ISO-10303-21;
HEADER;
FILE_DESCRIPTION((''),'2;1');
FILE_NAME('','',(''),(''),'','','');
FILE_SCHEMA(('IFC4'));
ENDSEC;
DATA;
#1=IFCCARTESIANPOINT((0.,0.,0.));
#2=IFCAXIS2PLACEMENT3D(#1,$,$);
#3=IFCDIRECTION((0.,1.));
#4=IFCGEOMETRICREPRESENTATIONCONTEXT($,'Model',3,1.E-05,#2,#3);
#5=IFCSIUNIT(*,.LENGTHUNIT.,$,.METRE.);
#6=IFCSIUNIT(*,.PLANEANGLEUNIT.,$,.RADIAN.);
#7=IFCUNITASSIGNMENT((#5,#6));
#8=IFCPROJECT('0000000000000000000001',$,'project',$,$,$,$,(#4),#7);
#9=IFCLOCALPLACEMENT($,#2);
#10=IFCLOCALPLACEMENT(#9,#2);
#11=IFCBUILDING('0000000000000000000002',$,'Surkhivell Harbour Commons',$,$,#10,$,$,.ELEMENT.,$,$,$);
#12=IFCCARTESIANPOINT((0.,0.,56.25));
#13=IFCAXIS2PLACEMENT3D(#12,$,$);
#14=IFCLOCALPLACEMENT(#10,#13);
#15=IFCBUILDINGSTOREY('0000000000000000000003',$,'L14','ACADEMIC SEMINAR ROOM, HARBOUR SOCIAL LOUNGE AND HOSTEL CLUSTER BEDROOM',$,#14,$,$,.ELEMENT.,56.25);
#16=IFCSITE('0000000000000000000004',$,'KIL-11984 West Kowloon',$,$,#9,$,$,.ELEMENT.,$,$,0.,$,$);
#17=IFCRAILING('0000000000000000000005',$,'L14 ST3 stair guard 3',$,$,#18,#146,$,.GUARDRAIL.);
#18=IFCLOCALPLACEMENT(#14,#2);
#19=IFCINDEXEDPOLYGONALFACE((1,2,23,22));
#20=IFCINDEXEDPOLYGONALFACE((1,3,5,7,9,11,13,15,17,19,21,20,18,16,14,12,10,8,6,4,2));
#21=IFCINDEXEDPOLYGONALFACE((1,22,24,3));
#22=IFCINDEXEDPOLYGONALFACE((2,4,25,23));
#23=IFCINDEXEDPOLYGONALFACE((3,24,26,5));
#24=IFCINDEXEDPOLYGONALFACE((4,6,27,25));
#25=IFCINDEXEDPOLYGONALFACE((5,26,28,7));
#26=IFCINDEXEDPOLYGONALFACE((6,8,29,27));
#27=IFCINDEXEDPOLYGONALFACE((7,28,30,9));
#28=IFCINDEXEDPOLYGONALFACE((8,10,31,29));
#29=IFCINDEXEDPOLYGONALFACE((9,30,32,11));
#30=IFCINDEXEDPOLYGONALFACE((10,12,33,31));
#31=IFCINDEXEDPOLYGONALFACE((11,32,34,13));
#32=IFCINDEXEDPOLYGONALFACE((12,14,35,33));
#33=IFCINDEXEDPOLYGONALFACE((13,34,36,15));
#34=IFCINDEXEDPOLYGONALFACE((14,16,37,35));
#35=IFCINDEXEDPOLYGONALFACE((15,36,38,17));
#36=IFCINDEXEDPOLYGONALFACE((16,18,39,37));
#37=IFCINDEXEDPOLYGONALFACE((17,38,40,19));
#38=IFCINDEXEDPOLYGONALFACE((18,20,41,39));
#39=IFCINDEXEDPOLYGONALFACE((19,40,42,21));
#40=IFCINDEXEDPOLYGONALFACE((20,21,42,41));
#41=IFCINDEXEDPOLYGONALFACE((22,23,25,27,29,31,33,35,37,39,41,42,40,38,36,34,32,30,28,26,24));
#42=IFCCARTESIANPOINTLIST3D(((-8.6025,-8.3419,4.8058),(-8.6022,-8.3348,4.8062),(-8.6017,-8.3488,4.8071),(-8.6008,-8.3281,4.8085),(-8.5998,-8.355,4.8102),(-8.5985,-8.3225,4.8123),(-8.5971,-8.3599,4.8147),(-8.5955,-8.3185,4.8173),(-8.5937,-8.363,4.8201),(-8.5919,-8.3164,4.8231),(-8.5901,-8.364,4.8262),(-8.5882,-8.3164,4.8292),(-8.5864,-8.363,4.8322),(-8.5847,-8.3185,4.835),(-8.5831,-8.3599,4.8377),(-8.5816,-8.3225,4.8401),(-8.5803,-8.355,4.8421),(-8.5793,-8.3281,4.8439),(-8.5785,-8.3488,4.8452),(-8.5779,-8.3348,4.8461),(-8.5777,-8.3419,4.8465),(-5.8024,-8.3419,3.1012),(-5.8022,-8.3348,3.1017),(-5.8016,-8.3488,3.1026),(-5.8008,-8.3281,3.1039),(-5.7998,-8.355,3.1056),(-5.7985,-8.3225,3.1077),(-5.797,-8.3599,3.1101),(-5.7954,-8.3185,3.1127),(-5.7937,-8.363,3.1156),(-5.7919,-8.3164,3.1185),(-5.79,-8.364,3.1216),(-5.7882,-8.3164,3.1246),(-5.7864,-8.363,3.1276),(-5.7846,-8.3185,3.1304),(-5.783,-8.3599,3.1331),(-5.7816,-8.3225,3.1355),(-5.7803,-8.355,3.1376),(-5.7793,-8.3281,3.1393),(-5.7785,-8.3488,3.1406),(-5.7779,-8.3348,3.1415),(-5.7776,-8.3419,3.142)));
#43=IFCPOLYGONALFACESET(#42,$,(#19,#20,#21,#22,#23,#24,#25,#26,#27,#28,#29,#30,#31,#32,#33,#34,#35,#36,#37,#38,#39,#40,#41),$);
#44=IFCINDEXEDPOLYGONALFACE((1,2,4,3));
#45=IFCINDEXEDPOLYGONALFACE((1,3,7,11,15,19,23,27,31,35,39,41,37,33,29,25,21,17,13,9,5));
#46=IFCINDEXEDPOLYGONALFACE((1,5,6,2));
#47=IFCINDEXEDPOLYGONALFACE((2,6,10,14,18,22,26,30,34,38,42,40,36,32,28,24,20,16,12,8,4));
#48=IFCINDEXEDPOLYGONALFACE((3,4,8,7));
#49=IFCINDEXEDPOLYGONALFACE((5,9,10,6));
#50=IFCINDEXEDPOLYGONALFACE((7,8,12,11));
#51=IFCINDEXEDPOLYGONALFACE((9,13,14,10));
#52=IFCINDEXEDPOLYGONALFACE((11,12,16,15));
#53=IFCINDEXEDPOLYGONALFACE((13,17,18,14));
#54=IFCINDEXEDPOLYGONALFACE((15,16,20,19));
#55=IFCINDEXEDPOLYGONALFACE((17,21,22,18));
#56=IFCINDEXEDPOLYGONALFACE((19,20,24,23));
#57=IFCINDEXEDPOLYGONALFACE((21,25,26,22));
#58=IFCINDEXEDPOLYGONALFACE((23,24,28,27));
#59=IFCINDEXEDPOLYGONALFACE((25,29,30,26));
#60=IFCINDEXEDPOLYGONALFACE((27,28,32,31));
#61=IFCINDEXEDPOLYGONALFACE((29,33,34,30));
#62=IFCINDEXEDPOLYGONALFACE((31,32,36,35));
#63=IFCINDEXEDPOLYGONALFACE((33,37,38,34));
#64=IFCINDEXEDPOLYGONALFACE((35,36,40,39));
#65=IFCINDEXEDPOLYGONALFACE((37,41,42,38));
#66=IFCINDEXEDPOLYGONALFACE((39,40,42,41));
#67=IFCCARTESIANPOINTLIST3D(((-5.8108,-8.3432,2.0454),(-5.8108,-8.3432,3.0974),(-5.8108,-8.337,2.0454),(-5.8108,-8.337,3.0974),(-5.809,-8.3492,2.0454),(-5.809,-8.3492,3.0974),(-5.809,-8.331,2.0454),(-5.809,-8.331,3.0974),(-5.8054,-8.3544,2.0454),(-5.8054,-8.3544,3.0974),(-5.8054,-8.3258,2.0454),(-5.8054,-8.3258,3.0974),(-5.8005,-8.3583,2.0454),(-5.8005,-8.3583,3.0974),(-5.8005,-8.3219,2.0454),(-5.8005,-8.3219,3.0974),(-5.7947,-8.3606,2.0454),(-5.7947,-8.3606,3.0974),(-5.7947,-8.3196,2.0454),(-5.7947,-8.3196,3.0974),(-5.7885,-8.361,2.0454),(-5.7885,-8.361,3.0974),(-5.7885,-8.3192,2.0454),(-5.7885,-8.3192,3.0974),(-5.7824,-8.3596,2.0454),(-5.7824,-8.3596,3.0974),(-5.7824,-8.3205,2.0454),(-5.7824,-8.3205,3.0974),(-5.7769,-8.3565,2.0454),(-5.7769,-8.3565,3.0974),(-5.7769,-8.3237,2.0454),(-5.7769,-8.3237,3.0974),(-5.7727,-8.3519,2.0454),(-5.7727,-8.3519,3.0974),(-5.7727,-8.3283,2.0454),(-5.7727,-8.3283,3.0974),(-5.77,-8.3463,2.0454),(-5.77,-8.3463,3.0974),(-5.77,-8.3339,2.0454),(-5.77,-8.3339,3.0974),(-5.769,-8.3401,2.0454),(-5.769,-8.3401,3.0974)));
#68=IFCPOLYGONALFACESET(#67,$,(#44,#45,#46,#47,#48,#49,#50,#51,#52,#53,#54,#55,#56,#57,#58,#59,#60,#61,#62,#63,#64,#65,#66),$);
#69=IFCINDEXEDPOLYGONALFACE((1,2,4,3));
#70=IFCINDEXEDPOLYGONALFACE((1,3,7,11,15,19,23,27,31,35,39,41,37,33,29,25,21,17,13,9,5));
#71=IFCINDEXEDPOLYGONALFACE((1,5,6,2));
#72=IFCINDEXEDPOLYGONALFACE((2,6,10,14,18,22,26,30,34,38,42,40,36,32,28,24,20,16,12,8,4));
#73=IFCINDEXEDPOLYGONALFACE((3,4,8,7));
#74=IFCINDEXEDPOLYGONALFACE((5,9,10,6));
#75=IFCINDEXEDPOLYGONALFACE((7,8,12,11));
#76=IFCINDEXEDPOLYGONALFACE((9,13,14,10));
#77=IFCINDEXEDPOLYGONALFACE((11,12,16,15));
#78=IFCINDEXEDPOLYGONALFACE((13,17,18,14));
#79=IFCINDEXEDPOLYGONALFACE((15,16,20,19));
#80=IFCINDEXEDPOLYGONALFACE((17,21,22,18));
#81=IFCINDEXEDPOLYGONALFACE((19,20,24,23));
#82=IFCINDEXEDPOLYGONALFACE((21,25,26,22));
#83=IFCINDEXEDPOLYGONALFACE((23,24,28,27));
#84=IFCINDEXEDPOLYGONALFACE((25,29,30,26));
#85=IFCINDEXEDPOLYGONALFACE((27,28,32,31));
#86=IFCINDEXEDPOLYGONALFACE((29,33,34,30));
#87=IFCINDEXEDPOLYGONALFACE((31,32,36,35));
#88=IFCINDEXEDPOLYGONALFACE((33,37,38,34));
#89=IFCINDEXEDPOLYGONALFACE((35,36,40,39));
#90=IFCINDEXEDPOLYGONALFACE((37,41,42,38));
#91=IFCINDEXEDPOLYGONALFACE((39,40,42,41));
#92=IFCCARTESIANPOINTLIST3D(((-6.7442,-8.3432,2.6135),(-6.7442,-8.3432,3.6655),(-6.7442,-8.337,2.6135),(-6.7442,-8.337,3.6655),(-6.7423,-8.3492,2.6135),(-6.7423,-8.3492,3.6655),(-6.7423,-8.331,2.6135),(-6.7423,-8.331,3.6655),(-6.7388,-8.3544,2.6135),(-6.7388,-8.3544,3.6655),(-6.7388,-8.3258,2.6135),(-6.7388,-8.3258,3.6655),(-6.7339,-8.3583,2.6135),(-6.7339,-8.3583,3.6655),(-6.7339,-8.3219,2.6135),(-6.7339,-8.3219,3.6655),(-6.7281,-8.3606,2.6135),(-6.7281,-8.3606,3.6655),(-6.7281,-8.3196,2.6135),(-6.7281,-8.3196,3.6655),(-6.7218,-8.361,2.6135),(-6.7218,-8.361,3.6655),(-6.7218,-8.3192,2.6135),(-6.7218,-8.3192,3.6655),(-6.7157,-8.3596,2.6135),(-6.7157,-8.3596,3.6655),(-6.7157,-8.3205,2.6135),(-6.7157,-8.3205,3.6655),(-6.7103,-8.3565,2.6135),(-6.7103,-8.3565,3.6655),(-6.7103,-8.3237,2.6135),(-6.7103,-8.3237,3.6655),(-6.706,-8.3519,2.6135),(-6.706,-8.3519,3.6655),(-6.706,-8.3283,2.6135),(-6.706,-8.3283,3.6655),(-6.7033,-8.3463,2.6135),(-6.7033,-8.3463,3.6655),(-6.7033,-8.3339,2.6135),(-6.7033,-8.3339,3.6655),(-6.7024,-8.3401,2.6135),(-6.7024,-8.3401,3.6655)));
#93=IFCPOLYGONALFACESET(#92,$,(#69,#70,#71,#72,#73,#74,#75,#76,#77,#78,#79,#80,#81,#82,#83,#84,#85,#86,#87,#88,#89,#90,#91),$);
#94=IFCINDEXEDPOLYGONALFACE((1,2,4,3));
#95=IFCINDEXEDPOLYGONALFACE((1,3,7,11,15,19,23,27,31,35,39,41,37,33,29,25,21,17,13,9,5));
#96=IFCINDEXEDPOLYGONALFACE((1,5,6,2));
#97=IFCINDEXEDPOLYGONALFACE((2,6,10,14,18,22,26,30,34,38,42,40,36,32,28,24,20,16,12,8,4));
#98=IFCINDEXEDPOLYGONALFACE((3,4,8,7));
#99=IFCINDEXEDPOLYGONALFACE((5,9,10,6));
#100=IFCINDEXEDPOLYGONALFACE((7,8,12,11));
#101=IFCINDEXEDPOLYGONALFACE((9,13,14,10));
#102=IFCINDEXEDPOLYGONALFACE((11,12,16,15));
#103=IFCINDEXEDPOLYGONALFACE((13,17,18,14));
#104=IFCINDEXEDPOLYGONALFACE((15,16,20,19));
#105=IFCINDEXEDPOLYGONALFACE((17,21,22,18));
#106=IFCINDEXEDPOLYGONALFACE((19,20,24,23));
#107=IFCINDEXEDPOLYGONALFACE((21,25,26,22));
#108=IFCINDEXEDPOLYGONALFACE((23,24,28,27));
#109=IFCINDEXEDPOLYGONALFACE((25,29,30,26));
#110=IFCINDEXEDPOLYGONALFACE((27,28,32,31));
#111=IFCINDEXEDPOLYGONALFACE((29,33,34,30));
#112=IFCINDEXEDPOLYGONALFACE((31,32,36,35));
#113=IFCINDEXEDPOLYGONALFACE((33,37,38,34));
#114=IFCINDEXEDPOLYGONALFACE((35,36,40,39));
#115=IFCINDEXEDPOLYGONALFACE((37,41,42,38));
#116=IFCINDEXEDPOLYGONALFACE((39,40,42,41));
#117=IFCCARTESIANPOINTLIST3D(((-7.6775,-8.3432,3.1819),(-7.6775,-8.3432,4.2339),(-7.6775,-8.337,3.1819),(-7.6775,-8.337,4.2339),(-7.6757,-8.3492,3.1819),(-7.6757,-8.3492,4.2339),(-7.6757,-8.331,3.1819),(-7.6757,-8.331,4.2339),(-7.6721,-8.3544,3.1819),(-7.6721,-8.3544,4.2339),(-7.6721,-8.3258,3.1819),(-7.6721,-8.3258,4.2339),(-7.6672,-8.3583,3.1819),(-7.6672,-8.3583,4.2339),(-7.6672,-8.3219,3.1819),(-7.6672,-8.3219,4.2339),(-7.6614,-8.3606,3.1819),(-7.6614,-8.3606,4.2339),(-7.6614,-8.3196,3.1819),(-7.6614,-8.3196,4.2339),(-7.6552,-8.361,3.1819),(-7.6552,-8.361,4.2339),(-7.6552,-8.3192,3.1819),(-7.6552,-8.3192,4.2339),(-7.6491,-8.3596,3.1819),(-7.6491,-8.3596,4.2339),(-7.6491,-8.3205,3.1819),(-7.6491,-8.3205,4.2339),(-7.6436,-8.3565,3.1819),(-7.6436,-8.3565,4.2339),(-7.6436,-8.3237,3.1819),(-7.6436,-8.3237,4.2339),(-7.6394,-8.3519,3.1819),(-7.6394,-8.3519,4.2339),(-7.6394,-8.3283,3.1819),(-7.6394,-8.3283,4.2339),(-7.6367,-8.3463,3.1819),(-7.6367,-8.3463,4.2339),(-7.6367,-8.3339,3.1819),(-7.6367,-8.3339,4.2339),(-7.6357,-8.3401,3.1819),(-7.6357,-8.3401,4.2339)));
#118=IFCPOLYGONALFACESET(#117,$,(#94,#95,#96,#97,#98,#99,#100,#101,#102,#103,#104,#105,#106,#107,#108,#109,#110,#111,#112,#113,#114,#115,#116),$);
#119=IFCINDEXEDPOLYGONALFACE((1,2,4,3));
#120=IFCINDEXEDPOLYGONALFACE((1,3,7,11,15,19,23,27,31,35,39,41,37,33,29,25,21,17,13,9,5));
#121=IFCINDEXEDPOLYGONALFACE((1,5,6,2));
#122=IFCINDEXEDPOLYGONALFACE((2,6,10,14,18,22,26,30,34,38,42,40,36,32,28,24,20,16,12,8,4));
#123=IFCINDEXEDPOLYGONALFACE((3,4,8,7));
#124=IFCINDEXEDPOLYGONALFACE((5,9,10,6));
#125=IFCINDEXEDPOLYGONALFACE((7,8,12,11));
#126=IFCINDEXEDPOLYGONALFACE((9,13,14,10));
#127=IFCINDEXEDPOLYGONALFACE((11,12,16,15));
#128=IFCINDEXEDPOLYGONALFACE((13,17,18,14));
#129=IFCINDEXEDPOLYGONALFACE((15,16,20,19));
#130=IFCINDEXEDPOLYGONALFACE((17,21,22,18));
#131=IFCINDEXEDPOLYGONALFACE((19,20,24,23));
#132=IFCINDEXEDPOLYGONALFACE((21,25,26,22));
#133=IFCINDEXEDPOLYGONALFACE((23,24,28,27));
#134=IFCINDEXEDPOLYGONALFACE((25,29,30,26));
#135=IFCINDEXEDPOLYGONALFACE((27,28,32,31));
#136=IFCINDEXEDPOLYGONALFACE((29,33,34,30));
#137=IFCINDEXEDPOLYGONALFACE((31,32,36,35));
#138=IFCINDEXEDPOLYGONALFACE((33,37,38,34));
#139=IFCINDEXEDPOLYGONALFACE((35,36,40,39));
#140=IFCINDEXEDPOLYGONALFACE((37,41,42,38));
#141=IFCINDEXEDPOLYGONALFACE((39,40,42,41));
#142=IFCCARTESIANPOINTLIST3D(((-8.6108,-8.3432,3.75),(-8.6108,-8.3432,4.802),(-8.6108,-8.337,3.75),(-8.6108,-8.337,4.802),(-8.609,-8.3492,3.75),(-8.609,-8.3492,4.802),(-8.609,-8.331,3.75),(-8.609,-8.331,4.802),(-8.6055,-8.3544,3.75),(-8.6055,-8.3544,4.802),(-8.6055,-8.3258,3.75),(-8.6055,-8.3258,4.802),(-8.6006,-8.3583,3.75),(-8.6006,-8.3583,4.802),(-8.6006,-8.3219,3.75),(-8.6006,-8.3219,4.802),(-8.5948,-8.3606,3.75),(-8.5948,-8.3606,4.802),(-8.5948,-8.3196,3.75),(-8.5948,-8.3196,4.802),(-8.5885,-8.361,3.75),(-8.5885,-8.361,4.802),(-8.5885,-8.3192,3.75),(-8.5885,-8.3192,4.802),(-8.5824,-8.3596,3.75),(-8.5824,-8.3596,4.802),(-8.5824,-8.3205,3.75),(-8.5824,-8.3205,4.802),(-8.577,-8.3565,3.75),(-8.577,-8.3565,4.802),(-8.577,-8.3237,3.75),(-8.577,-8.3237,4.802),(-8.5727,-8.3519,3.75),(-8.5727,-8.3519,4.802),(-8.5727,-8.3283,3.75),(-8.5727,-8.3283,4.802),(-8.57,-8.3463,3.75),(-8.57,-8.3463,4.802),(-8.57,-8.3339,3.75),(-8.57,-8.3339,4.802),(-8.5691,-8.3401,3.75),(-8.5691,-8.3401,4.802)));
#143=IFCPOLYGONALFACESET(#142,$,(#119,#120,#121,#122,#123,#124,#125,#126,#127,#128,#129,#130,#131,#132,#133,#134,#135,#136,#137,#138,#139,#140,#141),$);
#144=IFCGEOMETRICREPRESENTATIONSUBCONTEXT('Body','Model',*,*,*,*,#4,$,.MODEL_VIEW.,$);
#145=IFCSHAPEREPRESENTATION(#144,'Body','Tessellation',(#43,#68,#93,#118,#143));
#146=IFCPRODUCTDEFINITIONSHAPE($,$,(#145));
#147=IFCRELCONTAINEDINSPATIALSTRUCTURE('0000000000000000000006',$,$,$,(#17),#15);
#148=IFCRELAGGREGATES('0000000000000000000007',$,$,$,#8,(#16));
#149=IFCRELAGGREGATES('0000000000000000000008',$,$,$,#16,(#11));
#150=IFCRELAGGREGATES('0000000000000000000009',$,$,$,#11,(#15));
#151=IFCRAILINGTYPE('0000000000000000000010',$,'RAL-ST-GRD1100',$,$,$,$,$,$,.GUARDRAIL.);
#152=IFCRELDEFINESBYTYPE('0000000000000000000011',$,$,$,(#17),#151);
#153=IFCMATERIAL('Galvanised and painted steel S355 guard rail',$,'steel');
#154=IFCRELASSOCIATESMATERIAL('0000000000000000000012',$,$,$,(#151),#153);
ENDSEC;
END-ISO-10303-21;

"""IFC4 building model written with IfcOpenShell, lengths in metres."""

from ifc_helpers import new_model, si_unit, direction, frame, origin, origin_2d, place, context, subcontext, project, spatial, circle, extrude, material, type_object, element, save


model = new_model("IFC4")

# Units and contexts
model_context = context("Model", 3, precision=1e-05, world=origin(), true_north=direction((0.0, 1.0)))
body_context = subcontext(model_context, "Body", "Model", "MODEL_VIEW")
ifc_project = project(units=[si_unit("LENGTHUNIT", "METRE"), si_unit("PLANEANGLEUNIT", "RADIAN")], contexts=[model_context])

# Site, building, storey
site_placement = place(None, origin())
site = spatial("IfcSite", under=ifc_project, at=site_placement, Name="KIL-11984 West Kowloon", CompositionType="ELEMENT", RefElevation=0.0)
building_placement = place(site_placement, origin())
building = spatial("IfcBuilding", under=site, at=building_placement, Name="Surkhivell Harbour Commons", CompositionType="ELEMENT")
storey_placement = place(building_placement, frame((0.0, 0.0, 56.25)))
storey = spatial("IfcBuildingStorey", under=building, at=storey_placement, Name="L14", Description="ACADEMIC SEMINAR ROOM, HARBOUR SOCIAL LOUNGE AND HOSTEL CLUSTER BEDROOM", CompositionType="ELEMENT", Elevation=56.25)

# Railing
ifc_material_1 = material(Name="Galvanised and painted steel S355 guard rail", Category="steel")
railing_type_1 = type_object("IfcRailingType", Name="RAL-ST-GRD1100", PredefinedType="GUARDRAIL", material=ifc_material_1)
railing_1_placement = place(storey_placement, frame((-5.79, -8.3401, 2.0454)))
element("IfcRailing", 1, at=railing_1_placement, inside=storey, type_object=railing_type_1, Name="L14 ST3 stair guard 3", PredefinedType="GUARDRAIL", context=body_context, shape_type="SweptSolid", body=[
    extrude(circle(Radius=0.0239, at=origin_2d()), frame((0.0, 0.0, 1.0762), z_axis=(-0.85417, 0.0, 0.519994), x_axis=(0.0, -1.0, 0.0)), (0.0, 0.0, 1.0), 3.2781),
    extrude(circle(Radius=0.021, at=origin_2d()), origin(), (0.0, 0.0, 1.0), 1.052),
    extrude(circle(Radius=0.021, at=origin_2d()), frame((-0.9333, 0.0, 0.5681)), (0.0, 0.0, 1.0), 1.052),
    extrude(circle(Radius=0.021, at=origin_2d()), frame((-1.8667, 0.0, 1.1365)), (0.0, 0.0, 1.0), 1.052),
    extrude(circle(Radius=0.021, at=origin_2d()), frame((-2.8, 0.0, 1.7046)), (0.0, 0.0, 1.0), 1.052),
])

save(model, "model.ifc")
